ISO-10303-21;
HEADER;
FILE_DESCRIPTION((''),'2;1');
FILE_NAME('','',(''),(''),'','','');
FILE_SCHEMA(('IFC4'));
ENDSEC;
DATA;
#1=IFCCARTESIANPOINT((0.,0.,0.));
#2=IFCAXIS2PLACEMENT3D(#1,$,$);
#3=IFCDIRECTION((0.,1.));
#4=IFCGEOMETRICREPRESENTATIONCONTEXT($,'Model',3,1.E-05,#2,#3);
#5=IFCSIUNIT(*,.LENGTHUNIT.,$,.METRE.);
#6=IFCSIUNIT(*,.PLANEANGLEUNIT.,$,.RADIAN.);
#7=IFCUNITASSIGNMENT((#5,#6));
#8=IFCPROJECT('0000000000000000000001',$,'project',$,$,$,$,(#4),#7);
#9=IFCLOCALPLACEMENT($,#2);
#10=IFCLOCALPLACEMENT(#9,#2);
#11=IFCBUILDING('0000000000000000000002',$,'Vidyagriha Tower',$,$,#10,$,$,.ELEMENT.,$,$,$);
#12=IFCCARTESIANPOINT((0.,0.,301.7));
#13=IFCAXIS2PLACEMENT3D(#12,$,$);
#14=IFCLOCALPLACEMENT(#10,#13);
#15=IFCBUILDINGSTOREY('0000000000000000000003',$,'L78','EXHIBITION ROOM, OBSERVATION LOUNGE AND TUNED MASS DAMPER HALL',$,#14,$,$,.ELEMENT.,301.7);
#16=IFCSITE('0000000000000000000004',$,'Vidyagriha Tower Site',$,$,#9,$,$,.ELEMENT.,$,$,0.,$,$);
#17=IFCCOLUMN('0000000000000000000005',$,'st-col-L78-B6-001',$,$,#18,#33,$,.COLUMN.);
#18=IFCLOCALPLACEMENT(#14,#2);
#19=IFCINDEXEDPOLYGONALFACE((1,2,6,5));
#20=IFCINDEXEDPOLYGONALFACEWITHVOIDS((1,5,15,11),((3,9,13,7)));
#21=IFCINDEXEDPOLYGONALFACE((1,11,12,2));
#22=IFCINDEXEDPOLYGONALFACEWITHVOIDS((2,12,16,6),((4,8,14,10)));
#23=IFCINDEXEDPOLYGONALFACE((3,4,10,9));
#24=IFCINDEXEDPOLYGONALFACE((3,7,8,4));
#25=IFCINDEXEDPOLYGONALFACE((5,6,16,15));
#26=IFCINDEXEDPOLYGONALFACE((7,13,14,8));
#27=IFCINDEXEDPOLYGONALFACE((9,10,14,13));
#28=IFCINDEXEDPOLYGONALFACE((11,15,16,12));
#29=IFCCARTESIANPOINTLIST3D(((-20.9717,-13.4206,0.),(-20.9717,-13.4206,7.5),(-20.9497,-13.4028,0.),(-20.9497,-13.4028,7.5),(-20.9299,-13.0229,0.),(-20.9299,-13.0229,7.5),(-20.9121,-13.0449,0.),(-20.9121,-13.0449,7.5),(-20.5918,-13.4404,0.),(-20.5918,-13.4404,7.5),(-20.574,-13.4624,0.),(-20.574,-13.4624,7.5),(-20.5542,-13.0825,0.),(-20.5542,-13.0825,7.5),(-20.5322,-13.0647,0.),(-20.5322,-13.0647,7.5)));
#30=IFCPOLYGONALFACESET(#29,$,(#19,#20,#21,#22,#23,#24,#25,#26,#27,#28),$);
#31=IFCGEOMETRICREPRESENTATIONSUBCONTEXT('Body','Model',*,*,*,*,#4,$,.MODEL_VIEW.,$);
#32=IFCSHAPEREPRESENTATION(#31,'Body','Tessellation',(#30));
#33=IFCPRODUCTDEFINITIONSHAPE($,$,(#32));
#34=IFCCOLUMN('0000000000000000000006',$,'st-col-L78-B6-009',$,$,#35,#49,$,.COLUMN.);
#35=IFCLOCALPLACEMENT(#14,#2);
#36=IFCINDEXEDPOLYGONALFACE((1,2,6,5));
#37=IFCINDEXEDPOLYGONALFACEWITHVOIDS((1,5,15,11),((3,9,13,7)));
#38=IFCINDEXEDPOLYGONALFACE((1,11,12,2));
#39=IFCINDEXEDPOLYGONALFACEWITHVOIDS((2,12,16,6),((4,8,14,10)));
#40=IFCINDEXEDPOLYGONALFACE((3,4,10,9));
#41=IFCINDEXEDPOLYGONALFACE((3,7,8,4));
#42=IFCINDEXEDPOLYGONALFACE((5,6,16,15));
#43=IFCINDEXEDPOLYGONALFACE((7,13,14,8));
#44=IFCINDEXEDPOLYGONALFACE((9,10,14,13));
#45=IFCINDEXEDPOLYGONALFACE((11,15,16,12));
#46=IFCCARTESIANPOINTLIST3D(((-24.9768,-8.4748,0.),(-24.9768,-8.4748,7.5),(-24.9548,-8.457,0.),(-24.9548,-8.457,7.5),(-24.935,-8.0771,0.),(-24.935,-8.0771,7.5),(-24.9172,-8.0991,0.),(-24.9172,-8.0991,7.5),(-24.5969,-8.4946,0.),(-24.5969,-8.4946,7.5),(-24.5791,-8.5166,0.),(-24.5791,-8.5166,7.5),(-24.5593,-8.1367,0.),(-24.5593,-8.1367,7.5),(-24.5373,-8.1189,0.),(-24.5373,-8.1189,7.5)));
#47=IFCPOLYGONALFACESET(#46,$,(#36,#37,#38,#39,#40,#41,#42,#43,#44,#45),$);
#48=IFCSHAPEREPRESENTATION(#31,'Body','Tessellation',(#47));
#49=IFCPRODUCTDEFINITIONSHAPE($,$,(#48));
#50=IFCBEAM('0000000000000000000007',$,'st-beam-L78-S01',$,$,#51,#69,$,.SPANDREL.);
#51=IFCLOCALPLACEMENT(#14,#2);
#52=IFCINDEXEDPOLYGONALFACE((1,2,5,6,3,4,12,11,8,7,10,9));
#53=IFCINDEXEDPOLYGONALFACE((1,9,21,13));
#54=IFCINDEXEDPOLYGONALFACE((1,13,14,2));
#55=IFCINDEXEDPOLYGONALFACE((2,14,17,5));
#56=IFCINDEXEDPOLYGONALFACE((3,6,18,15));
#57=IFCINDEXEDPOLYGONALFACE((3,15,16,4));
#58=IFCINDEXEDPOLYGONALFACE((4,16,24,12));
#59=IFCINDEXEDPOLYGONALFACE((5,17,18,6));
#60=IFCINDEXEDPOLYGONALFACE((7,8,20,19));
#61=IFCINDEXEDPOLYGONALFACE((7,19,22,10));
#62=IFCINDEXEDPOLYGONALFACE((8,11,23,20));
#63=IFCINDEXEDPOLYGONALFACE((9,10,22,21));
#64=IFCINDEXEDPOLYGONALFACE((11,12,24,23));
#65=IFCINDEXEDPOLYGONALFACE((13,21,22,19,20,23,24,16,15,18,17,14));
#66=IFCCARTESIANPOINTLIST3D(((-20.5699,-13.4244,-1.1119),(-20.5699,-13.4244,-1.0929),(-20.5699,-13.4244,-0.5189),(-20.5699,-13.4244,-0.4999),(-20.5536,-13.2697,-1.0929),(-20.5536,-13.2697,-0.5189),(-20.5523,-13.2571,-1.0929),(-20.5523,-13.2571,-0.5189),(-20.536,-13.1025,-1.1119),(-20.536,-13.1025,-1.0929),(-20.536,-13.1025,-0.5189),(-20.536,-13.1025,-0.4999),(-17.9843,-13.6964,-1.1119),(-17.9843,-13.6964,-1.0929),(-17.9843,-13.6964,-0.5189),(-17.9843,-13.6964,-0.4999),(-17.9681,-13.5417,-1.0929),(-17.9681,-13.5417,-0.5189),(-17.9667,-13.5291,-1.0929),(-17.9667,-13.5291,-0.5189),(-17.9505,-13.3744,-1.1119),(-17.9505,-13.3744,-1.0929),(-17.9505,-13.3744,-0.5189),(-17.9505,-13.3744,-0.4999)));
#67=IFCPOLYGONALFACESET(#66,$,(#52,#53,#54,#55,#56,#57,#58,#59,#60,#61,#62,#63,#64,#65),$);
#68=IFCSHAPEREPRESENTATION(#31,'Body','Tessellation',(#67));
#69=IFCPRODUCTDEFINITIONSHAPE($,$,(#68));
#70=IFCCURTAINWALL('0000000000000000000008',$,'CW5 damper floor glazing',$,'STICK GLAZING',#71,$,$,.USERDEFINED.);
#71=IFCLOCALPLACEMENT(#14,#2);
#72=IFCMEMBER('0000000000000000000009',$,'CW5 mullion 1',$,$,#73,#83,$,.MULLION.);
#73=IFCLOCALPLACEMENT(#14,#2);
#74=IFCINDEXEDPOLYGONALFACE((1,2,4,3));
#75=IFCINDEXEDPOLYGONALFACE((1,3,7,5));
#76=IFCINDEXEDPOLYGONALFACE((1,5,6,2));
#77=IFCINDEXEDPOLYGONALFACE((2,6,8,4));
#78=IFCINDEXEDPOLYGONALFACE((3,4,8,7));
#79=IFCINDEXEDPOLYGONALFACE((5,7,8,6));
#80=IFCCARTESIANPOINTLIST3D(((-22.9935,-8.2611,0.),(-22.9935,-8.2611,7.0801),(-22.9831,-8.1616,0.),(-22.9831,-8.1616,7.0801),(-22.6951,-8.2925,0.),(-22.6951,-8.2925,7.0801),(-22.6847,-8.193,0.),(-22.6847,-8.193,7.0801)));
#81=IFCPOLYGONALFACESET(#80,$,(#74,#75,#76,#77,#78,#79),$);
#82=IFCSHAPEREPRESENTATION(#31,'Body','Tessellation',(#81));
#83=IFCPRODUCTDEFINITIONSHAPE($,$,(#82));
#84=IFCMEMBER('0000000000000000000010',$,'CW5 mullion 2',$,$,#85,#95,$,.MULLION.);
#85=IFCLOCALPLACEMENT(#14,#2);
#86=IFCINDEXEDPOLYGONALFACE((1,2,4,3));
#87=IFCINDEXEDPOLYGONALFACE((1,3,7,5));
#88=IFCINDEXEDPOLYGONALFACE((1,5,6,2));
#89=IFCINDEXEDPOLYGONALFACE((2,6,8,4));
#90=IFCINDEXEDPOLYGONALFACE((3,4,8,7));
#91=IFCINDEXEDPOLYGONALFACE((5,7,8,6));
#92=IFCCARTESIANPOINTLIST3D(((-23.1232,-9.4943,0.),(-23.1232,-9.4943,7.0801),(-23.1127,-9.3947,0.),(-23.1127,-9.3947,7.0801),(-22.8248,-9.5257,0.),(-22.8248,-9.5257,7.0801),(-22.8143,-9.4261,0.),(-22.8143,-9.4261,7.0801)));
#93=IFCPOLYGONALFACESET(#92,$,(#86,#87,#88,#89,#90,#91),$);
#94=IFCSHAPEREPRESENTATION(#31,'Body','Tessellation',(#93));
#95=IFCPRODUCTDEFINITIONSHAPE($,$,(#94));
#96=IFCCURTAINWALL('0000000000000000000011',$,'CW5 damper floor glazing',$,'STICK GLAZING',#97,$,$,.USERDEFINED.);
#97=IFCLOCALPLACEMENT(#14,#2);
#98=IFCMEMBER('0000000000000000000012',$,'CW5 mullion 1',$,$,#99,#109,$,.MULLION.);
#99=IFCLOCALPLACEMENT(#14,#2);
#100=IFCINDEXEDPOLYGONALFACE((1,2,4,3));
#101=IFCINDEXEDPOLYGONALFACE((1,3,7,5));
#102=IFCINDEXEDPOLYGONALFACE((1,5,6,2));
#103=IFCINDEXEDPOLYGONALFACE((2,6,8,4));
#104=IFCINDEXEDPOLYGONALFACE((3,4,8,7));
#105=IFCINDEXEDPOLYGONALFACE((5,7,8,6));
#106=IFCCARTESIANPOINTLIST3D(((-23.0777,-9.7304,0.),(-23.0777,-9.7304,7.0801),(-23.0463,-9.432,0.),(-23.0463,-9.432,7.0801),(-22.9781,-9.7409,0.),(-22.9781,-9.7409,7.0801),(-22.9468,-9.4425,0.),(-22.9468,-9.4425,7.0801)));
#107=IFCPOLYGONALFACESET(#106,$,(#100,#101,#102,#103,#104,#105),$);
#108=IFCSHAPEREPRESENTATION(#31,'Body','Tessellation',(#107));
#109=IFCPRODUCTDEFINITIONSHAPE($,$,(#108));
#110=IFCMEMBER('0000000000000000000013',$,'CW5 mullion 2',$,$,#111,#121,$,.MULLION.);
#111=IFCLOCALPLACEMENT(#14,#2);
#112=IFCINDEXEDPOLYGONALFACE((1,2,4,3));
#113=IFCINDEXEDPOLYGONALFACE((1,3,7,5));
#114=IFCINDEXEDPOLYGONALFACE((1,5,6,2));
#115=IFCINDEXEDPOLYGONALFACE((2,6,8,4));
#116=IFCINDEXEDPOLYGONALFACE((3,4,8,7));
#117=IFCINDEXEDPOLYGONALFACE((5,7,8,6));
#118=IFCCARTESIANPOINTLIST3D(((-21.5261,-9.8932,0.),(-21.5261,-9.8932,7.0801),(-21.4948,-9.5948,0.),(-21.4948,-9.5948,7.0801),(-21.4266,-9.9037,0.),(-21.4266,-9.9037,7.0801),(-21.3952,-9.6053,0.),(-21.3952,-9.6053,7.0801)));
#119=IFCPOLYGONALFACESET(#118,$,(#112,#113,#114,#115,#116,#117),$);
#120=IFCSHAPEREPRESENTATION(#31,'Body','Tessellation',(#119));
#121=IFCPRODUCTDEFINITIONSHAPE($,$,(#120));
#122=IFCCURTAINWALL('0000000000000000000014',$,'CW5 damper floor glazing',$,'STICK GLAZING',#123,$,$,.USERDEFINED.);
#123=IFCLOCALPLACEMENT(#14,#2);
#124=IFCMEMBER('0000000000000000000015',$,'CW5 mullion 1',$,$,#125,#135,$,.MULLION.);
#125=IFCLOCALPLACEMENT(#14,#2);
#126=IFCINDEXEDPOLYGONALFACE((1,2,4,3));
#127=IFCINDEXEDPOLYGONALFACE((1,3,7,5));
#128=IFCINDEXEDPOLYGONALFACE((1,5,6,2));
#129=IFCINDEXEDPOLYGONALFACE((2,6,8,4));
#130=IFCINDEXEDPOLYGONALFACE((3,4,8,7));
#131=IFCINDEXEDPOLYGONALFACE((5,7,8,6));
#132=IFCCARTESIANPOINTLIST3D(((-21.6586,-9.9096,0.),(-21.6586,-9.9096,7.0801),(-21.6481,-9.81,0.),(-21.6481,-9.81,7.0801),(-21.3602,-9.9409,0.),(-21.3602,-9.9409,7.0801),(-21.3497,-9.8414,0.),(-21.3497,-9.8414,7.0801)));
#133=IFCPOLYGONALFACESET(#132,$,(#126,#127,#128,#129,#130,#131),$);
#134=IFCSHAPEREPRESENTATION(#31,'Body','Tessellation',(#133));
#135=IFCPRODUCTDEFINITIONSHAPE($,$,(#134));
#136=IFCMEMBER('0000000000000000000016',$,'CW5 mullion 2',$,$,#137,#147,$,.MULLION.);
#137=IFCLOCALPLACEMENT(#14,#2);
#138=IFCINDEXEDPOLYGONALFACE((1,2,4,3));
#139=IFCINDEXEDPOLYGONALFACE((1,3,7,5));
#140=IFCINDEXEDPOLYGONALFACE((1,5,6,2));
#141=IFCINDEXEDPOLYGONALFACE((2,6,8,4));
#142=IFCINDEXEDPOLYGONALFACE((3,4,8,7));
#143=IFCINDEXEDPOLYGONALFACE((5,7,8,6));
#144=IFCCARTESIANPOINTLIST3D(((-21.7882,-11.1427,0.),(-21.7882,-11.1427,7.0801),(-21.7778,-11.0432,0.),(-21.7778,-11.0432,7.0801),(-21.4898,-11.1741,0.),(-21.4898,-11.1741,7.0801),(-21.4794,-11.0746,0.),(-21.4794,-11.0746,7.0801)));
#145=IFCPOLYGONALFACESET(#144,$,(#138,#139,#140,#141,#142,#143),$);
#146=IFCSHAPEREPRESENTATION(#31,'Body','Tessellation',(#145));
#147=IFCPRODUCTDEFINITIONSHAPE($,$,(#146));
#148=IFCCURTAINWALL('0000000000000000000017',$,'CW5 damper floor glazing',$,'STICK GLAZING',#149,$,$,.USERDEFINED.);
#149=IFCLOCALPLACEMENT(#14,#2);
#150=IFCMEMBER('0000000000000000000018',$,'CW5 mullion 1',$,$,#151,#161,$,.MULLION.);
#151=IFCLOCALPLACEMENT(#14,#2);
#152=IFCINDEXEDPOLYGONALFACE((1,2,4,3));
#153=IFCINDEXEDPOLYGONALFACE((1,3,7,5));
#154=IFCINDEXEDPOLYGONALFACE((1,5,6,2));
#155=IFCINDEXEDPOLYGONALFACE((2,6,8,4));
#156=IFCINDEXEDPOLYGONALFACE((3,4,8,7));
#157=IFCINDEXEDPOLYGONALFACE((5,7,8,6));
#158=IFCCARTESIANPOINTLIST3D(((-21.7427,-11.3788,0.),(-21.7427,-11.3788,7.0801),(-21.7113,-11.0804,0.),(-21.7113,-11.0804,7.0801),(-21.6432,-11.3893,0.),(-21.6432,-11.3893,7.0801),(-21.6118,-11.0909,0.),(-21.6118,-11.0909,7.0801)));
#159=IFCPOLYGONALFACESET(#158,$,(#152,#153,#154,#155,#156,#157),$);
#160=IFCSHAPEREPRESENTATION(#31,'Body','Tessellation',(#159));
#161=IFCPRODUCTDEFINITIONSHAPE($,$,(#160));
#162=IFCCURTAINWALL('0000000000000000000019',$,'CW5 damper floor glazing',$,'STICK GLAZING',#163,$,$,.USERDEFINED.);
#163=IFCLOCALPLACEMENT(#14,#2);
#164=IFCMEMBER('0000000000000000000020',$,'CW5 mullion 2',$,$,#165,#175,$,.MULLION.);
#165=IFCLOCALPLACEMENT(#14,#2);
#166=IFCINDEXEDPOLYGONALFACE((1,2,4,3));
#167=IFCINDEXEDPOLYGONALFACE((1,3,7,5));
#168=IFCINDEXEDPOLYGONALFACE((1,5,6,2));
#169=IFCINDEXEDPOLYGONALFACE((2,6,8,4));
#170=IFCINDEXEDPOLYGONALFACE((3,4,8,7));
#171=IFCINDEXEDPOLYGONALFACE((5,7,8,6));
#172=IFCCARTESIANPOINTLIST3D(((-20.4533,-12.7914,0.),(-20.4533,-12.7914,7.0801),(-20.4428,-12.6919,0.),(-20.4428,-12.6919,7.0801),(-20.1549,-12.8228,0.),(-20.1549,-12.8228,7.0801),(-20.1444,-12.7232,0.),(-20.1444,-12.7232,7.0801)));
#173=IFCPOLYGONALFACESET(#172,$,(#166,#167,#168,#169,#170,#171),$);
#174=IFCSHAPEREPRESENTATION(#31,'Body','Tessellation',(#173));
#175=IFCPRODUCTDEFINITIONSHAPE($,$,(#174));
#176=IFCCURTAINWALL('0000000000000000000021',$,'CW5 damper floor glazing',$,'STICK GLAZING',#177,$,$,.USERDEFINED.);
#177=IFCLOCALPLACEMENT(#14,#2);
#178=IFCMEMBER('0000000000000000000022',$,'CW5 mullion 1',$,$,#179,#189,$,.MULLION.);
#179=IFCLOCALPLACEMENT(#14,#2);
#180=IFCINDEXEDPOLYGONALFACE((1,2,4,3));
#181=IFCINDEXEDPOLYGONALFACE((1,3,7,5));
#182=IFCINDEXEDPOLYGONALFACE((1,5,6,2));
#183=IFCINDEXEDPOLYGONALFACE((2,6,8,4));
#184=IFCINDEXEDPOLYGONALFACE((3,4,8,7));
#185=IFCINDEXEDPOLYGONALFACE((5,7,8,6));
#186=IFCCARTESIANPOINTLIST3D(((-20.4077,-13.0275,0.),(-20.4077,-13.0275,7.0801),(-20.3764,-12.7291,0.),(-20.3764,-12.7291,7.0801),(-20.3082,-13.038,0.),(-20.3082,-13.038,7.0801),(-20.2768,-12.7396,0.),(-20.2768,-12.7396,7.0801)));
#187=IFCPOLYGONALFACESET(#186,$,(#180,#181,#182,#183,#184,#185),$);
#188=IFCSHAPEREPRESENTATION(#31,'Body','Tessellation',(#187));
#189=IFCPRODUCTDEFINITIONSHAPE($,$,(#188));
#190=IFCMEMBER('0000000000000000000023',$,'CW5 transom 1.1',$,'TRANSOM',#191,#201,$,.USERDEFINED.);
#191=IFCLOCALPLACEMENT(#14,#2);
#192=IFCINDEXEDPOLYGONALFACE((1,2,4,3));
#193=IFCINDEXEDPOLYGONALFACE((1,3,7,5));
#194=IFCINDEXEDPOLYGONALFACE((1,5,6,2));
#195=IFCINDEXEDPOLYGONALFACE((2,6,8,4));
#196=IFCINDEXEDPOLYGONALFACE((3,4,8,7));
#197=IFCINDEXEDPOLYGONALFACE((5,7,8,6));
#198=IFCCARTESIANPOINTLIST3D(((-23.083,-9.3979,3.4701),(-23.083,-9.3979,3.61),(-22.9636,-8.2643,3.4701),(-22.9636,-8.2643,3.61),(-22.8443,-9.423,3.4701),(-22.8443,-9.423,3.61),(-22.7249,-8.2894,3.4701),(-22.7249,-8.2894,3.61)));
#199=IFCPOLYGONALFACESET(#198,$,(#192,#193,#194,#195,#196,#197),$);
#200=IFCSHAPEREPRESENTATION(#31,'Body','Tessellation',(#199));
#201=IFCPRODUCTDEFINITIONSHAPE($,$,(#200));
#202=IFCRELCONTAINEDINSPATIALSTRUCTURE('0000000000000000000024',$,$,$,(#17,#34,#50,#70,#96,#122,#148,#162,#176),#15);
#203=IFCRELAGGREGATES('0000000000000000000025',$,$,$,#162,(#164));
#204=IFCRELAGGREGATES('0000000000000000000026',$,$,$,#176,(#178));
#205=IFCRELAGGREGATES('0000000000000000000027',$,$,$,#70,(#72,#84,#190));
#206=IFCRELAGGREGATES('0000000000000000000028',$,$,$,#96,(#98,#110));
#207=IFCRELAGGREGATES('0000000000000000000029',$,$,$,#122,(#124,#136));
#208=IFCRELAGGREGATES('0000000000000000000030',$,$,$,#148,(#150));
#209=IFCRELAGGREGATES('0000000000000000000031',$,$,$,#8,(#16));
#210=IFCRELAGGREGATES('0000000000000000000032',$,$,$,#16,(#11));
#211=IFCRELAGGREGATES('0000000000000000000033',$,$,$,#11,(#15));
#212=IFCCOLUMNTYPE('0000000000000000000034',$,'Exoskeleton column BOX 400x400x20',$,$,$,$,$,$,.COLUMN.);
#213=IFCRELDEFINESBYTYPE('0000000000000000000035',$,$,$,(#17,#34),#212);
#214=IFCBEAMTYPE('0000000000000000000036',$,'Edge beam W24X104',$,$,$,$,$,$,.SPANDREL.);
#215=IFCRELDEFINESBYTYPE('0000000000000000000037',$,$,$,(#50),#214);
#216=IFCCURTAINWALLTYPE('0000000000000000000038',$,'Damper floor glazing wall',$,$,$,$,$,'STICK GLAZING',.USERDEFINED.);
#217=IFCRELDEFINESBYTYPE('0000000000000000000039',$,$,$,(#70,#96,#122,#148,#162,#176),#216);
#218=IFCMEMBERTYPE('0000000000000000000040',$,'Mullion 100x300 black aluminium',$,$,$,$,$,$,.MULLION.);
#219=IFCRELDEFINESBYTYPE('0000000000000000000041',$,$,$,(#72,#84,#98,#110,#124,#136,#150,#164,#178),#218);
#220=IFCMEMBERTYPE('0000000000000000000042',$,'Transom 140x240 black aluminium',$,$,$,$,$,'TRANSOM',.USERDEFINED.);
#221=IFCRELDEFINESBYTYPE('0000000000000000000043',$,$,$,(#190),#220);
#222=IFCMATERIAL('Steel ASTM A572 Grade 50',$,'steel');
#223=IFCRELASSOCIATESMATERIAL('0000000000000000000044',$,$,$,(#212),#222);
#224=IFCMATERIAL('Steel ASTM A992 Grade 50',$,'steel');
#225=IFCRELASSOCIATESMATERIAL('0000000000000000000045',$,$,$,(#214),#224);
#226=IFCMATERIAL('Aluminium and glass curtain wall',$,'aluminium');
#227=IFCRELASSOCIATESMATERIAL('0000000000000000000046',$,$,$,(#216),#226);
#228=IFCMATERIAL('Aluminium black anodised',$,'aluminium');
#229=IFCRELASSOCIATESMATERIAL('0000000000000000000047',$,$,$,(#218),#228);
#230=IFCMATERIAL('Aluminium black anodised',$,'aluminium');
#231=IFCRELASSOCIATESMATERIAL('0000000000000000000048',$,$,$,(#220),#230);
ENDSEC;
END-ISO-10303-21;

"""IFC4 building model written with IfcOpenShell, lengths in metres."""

from ifc_helpers import new_model, si_unit, direction, frame, origin, origin_2d, place, context, subcontext, project, spatial, rectangle, hollow_rectangle, i_section, extrude, material, material_profile, profile_set, type_object, element, aggregate, save


model = new_model("IFC4")

# Units and contexts
model_context = context("Model", 3, precision=1e-05, world=origin(), true_north=direction((0.0, 1.0)))
body_context = subcontext(model_context, "Body", "Model", "MODEL_VIEW")
ifc_project = project(units=[si_unit("LENGTHUNIT", "METRE"), si_unit("PLANEANGLEUNIT", "RADIAN")], contexts=[model_context])

# Site, building, storey
site_placement = place(None, origin())
site = spatial("IfcSite", under=ifc_project, at=site_placement, Name="Vidyagriha Tower Site", CompositionType="ELEMENT", RefElevation=0.0)
building_placement = place(site_placement, origin())
building = spatial("IfcBuilding", under=site, at=building_placement, Name="Vidyagriha Tower", CompositionType="ELEMENT")
storey_placement = place(building_placement, frame((0.0, 0.0, 301.7)))
storey = spatial("IfcBuildingStorey", under=building, at=storey_placement, Name="L78", Description="EXHIBITION ROOM, OBSERVATION LOUNGE AND TUNED MASS DAMPER HALL", CompositionType="ELEMENT", Elevation=301.7)

# Columns
ifc_material_1 = material(Name="Steel ASTM A572 Grade 50", Category="steel")
ifc_material_profile_1 = material_profile(ifc_material_1, hollow_rectangle(XDim=0.3999, YDim=0.3999, WallThickness=0.02, at=origin_2d()), Name="BOX 400x400x20")
ifc_profile_set_1 = profile_set([ifc_material_profile_1], Name="Steel ASTM A572 Grade 50")
column_type = type_object("IfcColumnType", Name="Exoskeleton column BOX 400x400x20", PredefinedType="COLUMN", material=ifc_profile_set_1)
for number, where, z_axis, x_axis, name in (
    (1, (-20.752, -13.2427, 0.0), (0.0, 0.0, 1.0), (0.994522, -0.104528, 0.0), "st-col-L78-B6-001"),
    (2, (-24.7571, -8.2969, 0.0), (0.0, 0.0, 1.0), (0.994522, -0.104528, 0.0), "st-col-L78-B6-009"),
):
    element("IfcColumn", number, at=place(storey_placement, frame(where, z_axis=z_axis, x_axis=x_axis)), inside=storey, type_object=column_type, Name=name, PredefinedType="COLUMN", context=body_context, shape_type="SweptSolid", body=[
        extrude(hollow_rectangle(XDim=0.3999, YDim=0.3999, WallThickness=0.02, at=origin_2d()), origin(), (0.0, 0.0, 1.0), 7.5),
    ])

# Beam
ifc_material_2 = material(Name="Steel ASTM A992 Grade 50", Category="steel")
ifc_material_profile_2 = material_profile(ifc_material_2, i_section(OverallWidth=0.3237, OverallDepth=0.6121, WebThickness=0.0127, FlangeThickness=0.019, at=origin_2d()), Name="W24X104")
ifc_profile_set_2 = profile_set([ifc_material_profile_2], Name="Steel ASTM A992 Grade 50")
beam_type = type_object("IfcBeamType", Name="Edge beam W24X104", PredefinedType="SPANDREL", material=ifc_profile_set_2)
beam_placement = place(storey_placement, frame((-20.553, -13.2634, -0.8059), z_axis=(0.994514, -0.104607, 0.0), x_axis=(0.104607, 0.994514, 0.0)))
element("IfcBeam", 3, at=beam_placement, inside=storey, type_object=beam_type, Name="st-beam-L78-S01", PredefinedType="SPANDREL", context=body_context, shape_type="SweptSolid", body=[
    extrude(i_section(OverallWidth=0.3237, OverallDepth=0.6121, WebThickness=0.0127, FlangeThickness=0.019, at=origin_2d()), origin(), (0.0, 0.0, 1.0), 2.5999),
])

# Curtain walls, members
ifc_material_3 = material(Name="Aluminium and glass curtain wall", Category="aluminium")
curtain_wall_type = type_object("IfcCurtainWallType", Name="Damper floor glazing wall", ElementType="STICK GLAZING", PredefinedType="USERDEFINED", material=ifc_material_3)
curtain_wall_1_placement = place(storey_placement, origin())
curtain_wall_1 = element("IfcCurtainWall", 4, at=curtain_wall_1_placement, inside=storey, type_object=curtain_wall_type, Name="CW5 damper floor glazing", ObjectType="STICK GLAZING", PredefinedType="USERDEFINED")
ifc_material_4 = material(Name="Aluminium black anodised", Category="aluminium")
ifc_material_profile_3 = material_profile(ifc_material_4, rectangle(XDim=0.3, YDim=0.1001, at=origin_2d()), Name="Mullion 100x300 black aluminium")
ifc_profile_set_3 = profile_set([ifc_material_profile_3], Name="Aluminium black anodised")
member_type_1 = type_object("IfcMemberType", Name="Mullion 100x300 black aluminium", PredefinedType="MULLION", material=ifc_profile_set_3)
member_1_placement = place(storey_placement, frame((-22.8391, -8.2271, 0.0), z_axis=(0.0, 0.0, 1.0), x_axis=(0.994519, -0.104557, 0.0)))
member_1 = element("IfcMember", 5, at=member_1_placement, type_object=member_type_1, Name="CW5 mullion 1", PredefinedType="MULLION", context=body_context, shape_type="SweptSolid", body=[
    extrude(rectangle(XDim=0.3, YDim=0.1001, at=origin_2d()), origin(), (0.0, 0.0, 1.0), 7.0801),
])
member_2_placement = place(storey_placement, frame((-22.9688, -9.4602, 0.0), z_axis=(0.0, 0.0, 1.0), x_axis=(0.994519, -0.104557, 0.0)))
member_2 = element("IfcMember", 6, at=member_2_placement, type_object=member_type_1, Name="CW5 mullion 2", PredefinedType="MULLION", context=body_context, shape_type="SweptSolid", body=[
    extrude(rectangle(XDim=0.3, YDim=0.1001, at=origin_2d()), origin(), (0.0, 0.0, 1.0), 7.0801),
])
curtain_wall_2_placement = place(storey_placement, origin())
curtain_wall_2 = element("IfcCurtainWall", 7, at=curtain_wall_2_placement, inside=storey, type_object=curtain_wall_type, Name="CW5 damper floor glazing", ObjectType="STICK GLAZING", PredefinedType="USERDEFINED")
member_3_placement = place(storey_placement, frame((-23.0122, -9.5864, 0.0), z_axis=(0.0, 0.0, 1.0), x_axis=(0.104459, 0.994529, 0.0)))
member_3 = element("IfcMember", 8, at=member_3_placement, type_object=member_type_1, Name="CW5 mullion 1", PredefinedType="MULLION", context=body_context, shape_type="SweptSolid", body=[
    extrude(rectangle(XDim=0.3, YDim=0.1001, at=origin_2d()), origin(), (0.0, 0.0, 1.0), 7.0801),
])
member_4_placement = place(storey_placement, frame((-21.4607, -9.7493, 0.0), z_axis=(0.0, 0.0, 1.0), x_axis=(0.104459, 0.994529, 0.0)))
member_4 = element("IfcMember", 9, at=member_4_placement, type_object=member_type_1, Name="CW5 mullion 2", PredefinedType="MULLION", context=body_context, shape_type="SweptSolid", body=[
    extrude(rectangle(XDim=0.3, YDim=0.1001, at=origin_2d()), origin(), (0.0, 0.0, 1.0), 7.0801),
])
curtain_wall_3_placement = place(storey_placement, origin())
curtain_wall_3 = element("IfcCurtainWall", 10, at=curtain_wall_3_placement, inside=storey, type_object=curtain_wall_type, Name="CW5 damper floor glazing", ObjectType="STICK GLAZING", PredefinedType="USERDEFINED")
member_5_placement = place(storey_placement, frame((-21.5042, -9.8755, 0.0), z_axis=(0.0, 0.0, 1.0), x_axis=(0.99452, -0.104549, 0.0)))
member_5 = element("IfcMember", 11, at=member_5_placement, type_object=member_type_1, Name="CW5 mullion 1", PredefinedType="MULLION", context=body_context, shape_type="SweptSolid", body=[
    extrude(rectangle(XDim=0.3, YDim=0.1001, at=origin_2d()), origin(), (0.0, 0.0, 1.0), 7.0801),
])
member_6_placement = place(storey_placement, frame((-21.6338, -11.1086, 0.0), z_axis=(0.0, 0.0, 1.0), x_axis=(0.99452, -0.104549, 0.0)))
member_6 = element("IfcMember", 12, at=member_6_placement, type_object=member_type_1, Name="CW5 mullion 2", PredefinedType="MULLION", context=body_context, shape_type="SweptSolid", body=[
    extrude(rectangle(XDim=0.3, YDim=0.1001, at=origin_2d()), origin(), (0.0, 0.0, 1.0), 7.0801),
])

# Curtain walls, members
curtain_wall_4_placement = place(storey_placement, origin())
curtain_wall_4 = element("IfcCurtainWall", 13, at=curtain_wall_4_placement, inside=storey, type_object=curtain_wall_type, Name="CW5 damper floor glazing", ObjectType="STICK GLAZING", PredefinedType="USERDEFINED")
member_7_placement = place(storey_placement, frame((-21.6772, -11.2349, 0.0), z_axis=(0.0, 0.0, 1.0), x_axis=(0.104519, 0.994523, 0.0)))
member_7 = element("IfcMember", 14, at=member_7_placement, type_object=member_type_1, Name="CW5 mullion 1", PredefinedType="MULLION", context=body_context, shape_type="SweptSolid", body=[
    extrude(rectangle(XDim=0.3, YDim=0.1001, at=origin_2d()), origin(), (0.0, 0.0, 1.0), 7.0801),
])
curtain_wall_5_placement = place(storey_placement, origin())
curtain_wall_5 = element("IfcCurtainWall", 15, at=curtain_wall_5_placement, inside=storey, type_object=curtain_wall_type, Name="CW5 damper floor glazing", ObjectType="STICK GLAZING", PredefinedType="USERDEFINED")
member_8_placement = place(storey_placement, frame((-20.2988, -12.7573, 0.0), z_axis=(0.0, 0.0, 1.0), x_axis=(0.994519, -0.104557, 0.0)))
member_8 = element("IfcMember", 16, at=member_8_placement, type_object=member_type_1, Name="CW5 mullion 2", PredefinedType="MULLION", context=body_context, shape_type="SweptSolid", body=[
    extrude(rectangle(XDim=0.3, YDim=0.1001, at=origin_2d()), origin(), (0.0, 0.0, 1.0), 7.0801),
])
aggregate(curtain_wall_5, [member_8])
curtain_wall_6_placement = place(storey_placement, origin())
curtain_wall_6 = element("IfcCurtainWall", 17, at=curtain_wall_6_placement, inside=storey, type_object=curtain_wall_type, Name="CW5 damper floor glazing", ObjectType="STICK GLAZING", PredefinedType="USERDEFINED")
member_9_placement = place(storey_placement, frame((-20.3423, -12.8835, 0.0), z_axis=(0.0, 0.0, 1.0), x_axis=(0.104528, 0.994522, 0.0)))
member_9 = element("IfcMember", 18, at=member_9_placement, type_object=member_type_1, Name="CW5 mullion 1", PredefinedType="MULLION", context=body_context, shape_type="SweptSolid", body=[
    extrude(rectangle(XDim=0.3, YDim=0.1001, at=origin_2d()), origin(), (0.0, 0.0, 1.0), 7.0801),
])

# Member
ifc_material_5 = material(Name="Aluminium black anodised", Category="aluminium")
ifc_material_profile_4 = material_profile(ifc_material_5, rectangle(XDim=0.24, YDim=0.1399, at=origin_2d()), Name="Transom 140x240 black aluminium")
ifc_profile_set_4 = profile_set([ifc_material_profile_4], Name="Aluminium black anodised")
member_type_2 = type_object("IfcMemberType", Name="Transom 140x240 black aluminium", ElementType="TRANSOM", PredefinedType="USERDEFINED", material=ifc_profile_set_4)
member_10_placement = place(storey_placement, frame((-22.8442, -8.2769, 3.54), z_axis=(-0.104741, -0.9945, 0.0), x_axis=(0.9945, -0.104741, 0.0)))
member_10 = element("IfcMember", 19, at=member_10_placement, type_object=member_type_2, Name="CW5 transom 1.1", ObjectType="TRANSOM", PredefinedType="USERDEFINED", context=body_context, shape_type="SweptSolid", body=[
    extrude(rectangle(XDim=0.24, YDim=0.1399, at=origin_2d()), origin(), (0.0, 0.0, 1.0), 1.1399),
])
aggregate(curtain_wall_6, [member_9])

aggregate(curtain_wall_1, [member_1, member_2, member_10])
aggregate(curtain_wall_2, [member_3, member_4])
aggregate(curtain_wall_3, [member_5, member_6])
aggregate(curtain_wall_4, [member_7])

save(model, "model.ifc")
